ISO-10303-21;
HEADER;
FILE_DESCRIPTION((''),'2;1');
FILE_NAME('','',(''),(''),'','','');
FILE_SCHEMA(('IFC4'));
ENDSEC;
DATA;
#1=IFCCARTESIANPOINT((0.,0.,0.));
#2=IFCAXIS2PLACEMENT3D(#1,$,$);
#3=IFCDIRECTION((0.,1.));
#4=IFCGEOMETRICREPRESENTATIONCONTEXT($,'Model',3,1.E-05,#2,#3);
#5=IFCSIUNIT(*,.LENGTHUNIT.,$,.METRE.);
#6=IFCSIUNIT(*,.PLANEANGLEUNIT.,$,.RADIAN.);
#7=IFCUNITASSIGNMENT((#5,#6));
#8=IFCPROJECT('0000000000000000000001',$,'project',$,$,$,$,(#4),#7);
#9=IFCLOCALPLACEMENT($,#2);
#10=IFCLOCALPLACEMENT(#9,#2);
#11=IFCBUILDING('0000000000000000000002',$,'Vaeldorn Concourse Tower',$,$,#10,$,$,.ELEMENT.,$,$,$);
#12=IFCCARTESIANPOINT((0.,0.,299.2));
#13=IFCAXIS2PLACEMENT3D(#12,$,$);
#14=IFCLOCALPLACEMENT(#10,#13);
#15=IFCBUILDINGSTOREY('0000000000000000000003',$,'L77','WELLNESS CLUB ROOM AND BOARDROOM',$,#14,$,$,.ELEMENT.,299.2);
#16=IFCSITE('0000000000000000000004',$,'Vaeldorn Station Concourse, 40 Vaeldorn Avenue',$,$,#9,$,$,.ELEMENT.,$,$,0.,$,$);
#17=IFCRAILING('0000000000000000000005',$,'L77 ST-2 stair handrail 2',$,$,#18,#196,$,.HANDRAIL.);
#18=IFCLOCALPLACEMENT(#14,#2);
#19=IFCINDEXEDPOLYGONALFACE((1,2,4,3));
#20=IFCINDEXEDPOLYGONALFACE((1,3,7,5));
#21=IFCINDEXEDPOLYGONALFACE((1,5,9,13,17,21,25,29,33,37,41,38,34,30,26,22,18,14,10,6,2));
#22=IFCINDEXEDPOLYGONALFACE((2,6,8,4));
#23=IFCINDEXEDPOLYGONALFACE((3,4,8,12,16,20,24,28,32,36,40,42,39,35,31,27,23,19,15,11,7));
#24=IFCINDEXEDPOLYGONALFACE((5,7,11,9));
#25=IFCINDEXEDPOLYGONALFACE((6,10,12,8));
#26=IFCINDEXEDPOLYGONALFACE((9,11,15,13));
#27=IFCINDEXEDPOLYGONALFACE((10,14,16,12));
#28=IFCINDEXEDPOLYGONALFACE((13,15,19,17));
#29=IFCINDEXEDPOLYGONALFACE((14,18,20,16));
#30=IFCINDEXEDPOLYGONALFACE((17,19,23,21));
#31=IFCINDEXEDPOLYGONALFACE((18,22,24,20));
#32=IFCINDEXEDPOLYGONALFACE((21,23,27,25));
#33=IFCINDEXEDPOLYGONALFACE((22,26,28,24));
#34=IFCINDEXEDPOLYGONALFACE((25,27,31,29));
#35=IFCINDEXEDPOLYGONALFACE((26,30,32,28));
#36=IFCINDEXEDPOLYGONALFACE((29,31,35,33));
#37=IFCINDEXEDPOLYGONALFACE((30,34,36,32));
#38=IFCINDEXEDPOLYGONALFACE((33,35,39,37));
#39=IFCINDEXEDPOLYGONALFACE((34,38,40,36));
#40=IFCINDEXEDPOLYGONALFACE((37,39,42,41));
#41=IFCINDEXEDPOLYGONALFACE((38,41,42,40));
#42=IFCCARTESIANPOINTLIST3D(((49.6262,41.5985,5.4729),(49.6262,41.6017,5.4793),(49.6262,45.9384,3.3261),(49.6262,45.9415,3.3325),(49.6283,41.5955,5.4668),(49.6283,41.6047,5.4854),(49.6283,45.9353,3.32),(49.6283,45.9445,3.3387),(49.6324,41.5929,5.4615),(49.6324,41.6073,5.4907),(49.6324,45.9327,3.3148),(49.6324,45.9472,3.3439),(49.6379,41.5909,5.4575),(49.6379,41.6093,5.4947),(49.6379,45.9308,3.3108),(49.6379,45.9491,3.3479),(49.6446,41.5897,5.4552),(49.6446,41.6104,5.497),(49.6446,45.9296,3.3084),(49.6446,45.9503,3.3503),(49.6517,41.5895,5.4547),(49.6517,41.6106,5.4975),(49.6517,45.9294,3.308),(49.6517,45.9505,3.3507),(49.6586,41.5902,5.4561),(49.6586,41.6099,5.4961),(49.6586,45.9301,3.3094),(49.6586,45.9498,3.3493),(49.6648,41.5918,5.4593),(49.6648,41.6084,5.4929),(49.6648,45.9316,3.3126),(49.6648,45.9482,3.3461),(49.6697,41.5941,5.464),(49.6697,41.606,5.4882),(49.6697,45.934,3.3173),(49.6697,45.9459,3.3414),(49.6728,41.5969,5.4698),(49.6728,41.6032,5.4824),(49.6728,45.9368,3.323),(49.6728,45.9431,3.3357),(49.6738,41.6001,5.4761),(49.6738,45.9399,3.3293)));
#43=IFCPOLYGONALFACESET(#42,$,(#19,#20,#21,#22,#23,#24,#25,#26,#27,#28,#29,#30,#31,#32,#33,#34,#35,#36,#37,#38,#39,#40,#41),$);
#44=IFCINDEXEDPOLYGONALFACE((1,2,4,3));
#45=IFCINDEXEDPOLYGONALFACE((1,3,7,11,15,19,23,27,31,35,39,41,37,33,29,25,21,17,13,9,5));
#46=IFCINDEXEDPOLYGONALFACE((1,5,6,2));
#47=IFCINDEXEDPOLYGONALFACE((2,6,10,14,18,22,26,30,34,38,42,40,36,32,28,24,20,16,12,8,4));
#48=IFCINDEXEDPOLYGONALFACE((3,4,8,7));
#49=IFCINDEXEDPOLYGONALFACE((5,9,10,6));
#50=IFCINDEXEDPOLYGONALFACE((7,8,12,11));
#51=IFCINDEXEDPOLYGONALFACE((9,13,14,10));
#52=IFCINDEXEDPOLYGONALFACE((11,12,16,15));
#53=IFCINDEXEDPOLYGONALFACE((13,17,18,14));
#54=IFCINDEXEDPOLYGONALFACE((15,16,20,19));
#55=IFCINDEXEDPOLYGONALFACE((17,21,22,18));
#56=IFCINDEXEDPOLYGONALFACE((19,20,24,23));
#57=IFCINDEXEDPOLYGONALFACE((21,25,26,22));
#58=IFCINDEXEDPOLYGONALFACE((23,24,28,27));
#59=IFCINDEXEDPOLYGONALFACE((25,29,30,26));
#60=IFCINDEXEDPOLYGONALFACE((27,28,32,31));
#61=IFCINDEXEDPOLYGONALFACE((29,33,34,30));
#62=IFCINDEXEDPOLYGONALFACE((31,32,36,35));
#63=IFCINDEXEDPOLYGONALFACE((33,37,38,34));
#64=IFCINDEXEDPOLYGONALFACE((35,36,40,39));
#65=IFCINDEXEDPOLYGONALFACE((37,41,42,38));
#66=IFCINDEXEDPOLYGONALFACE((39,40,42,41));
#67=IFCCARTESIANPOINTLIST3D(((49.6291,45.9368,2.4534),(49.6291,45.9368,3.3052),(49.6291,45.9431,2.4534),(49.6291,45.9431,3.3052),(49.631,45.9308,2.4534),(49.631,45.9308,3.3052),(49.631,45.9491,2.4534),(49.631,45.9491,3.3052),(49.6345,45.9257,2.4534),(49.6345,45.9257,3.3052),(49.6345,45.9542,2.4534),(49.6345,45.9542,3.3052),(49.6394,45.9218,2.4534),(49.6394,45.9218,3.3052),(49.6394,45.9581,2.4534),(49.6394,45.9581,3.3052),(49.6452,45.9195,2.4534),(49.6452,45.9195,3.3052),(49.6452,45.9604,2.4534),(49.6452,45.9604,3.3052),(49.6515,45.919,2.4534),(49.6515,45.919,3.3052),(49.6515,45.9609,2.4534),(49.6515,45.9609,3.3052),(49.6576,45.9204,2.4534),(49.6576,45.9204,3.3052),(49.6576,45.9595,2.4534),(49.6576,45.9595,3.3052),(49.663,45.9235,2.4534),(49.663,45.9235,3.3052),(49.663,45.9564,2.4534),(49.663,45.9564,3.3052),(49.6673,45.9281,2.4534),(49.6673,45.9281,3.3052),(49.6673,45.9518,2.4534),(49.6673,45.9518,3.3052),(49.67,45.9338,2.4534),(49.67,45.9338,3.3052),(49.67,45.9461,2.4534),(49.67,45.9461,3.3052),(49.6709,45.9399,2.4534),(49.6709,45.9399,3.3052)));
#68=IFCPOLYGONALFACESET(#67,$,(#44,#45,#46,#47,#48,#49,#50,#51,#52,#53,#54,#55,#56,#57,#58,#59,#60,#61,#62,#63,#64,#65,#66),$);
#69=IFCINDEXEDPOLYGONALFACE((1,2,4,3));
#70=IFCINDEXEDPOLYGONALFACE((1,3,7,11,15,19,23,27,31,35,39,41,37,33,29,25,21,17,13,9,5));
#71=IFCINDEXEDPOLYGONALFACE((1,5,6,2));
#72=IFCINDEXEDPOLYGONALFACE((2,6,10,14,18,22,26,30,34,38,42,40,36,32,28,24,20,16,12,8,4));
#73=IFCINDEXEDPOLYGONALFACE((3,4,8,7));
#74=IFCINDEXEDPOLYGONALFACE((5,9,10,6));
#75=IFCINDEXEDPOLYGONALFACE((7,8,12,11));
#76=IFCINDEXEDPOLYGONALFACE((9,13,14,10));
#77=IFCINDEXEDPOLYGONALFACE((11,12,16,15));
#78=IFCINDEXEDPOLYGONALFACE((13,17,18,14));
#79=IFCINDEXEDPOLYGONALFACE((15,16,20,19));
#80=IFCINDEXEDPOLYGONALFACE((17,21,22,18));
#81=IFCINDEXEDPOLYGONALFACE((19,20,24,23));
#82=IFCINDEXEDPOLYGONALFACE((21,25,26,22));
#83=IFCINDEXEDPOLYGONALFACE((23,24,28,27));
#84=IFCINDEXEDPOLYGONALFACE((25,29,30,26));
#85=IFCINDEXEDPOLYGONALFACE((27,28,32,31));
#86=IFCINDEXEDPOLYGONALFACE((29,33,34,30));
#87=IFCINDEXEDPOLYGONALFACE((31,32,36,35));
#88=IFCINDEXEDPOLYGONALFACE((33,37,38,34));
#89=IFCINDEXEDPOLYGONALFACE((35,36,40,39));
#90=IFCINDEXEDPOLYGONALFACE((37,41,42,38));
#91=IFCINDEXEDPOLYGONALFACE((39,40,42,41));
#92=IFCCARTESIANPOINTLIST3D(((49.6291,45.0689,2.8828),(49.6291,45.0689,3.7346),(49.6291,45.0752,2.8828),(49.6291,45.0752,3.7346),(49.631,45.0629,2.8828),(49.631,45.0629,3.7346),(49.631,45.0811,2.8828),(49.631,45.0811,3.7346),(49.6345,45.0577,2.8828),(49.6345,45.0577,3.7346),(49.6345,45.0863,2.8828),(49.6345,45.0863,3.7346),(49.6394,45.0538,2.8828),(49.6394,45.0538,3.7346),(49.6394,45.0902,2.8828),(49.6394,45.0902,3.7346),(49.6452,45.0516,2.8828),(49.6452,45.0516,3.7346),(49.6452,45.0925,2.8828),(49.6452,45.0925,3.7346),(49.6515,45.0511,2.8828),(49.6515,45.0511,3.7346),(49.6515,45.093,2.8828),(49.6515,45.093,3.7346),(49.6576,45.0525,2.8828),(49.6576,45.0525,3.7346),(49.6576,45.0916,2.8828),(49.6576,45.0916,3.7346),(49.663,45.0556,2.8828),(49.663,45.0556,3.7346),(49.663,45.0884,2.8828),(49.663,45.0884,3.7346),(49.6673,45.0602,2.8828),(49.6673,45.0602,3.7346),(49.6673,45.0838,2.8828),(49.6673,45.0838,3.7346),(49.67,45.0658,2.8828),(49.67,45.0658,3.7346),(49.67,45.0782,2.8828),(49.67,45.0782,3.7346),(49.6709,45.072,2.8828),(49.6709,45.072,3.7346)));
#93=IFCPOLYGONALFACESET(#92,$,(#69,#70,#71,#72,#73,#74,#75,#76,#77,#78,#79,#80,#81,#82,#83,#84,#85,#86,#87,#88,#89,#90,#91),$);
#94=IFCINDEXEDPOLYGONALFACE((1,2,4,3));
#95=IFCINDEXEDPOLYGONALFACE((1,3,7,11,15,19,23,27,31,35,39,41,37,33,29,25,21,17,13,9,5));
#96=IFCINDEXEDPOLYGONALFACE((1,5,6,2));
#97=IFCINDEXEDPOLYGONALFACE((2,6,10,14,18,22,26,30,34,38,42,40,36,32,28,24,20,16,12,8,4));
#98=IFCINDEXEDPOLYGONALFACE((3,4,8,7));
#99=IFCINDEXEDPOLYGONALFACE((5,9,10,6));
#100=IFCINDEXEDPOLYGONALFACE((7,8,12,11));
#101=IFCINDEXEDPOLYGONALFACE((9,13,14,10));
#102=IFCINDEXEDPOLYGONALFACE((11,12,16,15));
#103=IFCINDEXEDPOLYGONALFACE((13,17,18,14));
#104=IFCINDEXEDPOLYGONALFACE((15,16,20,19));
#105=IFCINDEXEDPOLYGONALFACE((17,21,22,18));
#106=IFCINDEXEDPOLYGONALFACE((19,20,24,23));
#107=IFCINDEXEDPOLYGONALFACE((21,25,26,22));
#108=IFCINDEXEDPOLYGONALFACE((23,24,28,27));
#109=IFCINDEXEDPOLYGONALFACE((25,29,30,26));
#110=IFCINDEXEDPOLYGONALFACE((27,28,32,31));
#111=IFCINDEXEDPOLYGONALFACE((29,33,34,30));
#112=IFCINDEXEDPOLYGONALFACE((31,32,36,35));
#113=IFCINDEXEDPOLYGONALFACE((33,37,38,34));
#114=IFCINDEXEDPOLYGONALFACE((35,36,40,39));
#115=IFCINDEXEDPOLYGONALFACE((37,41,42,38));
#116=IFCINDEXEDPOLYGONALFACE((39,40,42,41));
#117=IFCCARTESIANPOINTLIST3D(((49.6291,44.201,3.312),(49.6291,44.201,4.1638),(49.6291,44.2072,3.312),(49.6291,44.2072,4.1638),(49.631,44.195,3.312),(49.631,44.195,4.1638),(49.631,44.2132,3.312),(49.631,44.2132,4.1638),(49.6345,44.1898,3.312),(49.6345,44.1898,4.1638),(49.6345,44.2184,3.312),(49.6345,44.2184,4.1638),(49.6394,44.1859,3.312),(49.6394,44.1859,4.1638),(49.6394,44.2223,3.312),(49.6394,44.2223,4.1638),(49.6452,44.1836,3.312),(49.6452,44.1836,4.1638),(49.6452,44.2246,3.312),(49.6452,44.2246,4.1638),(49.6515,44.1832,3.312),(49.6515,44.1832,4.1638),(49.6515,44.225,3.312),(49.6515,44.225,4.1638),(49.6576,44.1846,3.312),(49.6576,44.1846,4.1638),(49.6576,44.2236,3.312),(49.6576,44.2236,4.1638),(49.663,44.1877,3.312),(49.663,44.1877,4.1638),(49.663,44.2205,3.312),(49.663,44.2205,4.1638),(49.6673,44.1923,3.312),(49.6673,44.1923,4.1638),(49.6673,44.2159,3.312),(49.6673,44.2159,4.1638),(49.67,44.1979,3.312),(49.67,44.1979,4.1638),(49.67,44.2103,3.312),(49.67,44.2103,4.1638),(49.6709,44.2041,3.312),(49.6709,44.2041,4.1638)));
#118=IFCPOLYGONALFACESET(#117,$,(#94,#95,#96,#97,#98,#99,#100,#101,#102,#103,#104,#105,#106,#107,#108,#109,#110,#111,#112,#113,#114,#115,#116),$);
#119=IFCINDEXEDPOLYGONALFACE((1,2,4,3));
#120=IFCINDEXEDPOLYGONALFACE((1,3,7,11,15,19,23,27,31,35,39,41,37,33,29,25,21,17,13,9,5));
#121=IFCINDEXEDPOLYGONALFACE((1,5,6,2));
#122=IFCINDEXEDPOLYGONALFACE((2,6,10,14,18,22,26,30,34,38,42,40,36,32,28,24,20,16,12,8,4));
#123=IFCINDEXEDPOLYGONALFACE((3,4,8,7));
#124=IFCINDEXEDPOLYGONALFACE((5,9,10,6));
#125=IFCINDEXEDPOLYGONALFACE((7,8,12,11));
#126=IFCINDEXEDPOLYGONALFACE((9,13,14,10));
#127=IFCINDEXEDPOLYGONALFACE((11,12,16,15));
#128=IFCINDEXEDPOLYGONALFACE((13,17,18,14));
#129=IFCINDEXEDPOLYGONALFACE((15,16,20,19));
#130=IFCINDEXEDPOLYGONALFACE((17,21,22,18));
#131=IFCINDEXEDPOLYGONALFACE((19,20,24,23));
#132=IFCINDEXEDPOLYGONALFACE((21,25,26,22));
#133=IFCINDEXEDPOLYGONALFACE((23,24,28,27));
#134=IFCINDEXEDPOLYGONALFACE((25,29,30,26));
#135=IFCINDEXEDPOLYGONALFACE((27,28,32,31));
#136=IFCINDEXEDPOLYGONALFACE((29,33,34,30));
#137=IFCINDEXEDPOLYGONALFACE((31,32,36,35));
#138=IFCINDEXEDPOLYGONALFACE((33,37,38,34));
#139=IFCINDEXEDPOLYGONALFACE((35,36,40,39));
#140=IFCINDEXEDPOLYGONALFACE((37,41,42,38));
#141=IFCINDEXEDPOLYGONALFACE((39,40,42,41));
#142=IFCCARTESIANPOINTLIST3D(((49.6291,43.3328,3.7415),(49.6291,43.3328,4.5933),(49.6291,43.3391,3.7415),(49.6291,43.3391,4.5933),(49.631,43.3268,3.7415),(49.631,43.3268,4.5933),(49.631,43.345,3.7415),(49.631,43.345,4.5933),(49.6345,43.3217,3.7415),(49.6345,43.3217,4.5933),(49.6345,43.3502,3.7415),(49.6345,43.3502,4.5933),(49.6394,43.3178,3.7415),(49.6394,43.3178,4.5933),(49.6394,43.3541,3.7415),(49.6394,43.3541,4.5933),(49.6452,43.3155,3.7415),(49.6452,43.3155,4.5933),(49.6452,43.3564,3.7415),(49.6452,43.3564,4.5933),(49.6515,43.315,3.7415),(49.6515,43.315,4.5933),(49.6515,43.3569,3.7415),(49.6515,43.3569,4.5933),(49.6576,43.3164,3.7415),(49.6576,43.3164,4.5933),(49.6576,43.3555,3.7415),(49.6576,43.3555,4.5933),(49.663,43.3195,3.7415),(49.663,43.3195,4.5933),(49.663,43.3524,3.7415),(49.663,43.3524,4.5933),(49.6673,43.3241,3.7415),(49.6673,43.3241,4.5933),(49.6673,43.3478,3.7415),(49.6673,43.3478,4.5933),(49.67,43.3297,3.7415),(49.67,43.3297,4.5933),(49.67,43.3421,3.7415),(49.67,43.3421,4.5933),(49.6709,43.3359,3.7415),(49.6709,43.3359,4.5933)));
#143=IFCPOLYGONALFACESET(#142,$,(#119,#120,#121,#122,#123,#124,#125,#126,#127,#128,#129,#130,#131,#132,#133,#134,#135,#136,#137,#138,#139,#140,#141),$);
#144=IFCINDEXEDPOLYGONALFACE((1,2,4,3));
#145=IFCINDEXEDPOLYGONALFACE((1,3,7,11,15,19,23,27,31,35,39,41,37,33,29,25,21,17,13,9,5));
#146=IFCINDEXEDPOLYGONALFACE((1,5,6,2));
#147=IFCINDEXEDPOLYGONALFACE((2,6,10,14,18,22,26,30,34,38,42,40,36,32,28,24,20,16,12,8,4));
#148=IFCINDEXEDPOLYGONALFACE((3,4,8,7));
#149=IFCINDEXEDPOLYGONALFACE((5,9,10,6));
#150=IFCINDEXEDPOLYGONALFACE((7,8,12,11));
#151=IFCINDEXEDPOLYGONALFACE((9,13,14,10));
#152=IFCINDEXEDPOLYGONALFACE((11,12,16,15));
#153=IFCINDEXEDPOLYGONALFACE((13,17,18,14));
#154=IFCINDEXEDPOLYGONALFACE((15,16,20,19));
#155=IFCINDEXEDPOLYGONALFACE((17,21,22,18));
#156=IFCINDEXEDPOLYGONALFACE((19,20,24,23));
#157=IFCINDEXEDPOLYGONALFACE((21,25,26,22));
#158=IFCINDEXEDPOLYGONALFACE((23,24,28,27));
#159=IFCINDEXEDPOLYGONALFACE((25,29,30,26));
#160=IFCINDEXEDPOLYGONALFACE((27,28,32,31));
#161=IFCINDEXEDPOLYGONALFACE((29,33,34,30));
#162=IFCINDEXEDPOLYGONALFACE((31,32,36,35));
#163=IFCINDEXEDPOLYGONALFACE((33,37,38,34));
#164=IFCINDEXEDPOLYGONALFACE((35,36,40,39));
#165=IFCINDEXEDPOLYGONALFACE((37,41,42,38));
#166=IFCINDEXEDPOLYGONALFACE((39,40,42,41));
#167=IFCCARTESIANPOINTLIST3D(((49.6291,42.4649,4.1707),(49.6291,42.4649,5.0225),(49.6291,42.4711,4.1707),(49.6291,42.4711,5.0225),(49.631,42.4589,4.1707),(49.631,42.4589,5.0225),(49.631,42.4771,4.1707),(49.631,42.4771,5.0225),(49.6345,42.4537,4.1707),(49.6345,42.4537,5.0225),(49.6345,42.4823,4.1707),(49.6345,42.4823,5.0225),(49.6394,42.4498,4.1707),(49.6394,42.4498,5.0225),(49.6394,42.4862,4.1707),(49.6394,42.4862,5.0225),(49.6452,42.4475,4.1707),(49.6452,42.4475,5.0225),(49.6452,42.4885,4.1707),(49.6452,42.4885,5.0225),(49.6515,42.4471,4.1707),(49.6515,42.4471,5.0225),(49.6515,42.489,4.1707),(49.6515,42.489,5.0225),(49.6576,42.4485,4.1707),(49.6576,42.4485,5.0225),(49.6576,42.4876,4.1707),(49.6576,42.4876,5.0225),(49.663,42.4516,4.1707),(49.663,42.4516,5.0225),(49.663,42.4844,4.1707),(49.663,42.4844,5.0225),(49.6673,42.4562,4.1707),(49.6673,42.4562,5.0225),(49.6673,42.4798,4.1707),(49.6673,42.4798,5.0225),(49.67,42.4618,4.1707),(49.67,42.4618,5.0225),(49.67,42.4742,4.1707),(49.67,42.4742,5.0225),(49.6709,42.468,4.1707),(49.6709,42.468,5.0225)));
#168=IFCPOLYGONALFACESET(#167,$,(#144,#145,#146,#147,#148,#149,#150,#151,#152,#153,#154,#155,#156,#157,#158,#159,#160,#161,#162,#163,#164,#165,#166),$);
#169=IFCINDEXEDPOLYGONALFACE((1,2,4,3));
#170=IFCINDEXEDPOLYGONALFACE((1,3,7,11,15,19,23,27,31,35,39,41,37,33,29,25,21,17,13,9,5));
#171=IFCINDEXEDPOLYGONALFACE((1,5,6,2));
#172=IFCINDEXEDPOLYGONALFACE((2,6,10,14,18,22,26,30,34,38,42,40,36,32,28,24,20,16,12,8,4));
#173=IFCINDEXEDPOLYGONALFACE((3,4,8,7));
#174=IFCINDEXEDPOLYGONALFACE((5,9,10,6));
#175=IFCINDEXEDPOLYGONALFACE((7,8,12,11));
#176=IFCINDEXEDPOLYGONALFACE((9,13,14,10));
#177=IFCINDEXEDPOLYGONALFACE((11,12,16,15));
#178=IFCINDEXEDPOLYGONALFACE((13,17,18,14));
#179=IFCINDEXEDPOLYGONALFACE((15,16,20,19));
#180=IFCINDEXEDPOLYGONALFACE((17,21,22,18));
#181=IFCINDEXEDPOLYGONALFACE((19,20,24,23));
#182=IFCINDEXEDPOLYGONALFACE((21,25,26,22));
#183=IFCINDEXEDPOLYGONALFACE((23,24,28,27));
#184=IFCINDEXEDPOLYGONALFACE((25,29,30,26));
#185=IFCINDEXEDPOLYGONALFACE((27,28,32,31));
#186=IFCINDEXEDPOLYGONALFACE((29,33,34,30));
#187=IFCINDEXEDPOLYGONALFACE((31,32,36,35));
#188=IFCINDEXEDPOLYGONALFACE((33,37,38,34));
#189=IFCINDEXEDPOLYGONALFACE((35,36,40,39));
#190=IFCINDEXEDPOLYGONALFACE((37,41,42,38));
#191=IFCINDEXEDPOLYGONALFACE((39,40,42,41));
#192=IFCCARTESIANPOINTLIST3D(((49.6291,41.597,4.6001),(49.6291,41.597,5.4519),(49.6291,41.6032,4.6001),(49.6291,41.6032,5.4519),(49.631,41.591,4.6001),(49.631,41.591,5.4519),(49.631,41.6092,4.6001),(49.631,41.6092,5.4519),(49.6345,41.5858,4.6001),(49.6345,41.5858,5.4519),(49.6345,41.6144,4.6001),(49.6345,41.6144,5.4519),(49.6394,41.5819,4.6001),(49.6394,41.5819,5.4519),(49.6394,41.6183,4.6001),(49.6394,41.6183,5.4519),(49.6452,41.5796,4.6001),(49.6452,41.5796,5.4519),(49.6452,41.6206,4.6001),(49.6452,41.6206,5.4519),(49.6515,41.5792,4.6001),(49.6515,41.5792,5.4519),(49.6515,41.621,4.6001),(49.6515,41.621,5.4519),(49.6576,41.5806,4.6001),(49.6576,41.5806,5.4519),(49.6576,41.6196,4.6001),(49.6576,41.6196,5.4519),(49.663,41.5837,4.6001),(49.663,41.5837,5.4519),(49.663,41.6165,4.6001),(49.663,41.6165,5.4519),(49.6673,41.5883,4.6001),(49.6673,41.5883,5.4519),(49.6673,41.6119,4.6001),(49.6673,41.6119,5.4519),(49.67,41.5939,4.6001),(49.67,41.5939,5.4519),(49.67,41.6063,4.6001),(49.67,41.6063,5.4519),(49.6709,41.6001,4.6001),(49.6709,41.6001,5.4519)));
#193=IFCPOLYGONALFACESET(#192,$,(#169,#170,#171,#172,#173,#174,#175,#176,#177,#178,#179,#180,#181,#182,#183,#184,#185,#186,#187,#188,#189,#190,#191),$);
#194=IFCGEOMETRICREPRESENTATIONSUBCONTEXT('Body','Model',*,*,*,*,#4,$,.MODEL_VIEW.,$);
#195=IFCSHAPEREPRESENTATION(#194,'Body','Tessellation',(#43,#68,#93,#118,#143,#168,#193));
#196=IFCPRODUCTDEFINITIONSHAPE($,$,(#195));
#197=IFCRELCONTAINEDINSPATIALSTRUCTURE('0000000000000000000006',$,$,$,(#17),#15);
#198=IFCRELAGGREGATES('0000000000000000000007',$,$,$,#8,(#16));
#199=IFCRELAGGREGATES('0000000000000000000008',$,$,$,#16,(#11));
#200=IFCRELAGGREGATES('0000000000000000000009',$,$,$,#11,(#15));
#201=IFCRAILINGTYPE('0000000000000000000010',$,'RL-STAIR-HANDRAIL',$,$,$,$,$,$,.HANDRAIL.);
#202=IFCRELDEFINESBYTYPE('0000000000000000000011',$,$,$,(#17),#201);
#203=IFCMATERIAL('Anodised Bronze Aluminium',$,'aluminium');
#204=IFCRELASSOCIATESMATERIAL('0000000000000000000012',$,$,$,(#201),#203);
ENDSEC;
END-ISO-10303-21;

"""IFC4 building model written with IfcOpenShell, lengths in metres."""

from ifc_helpers import new_model, si_unit, direction, frame, origin, origin_2d, place, context, subcontext, project, spatial, circle, extrude, material, type_object, element, save


model = new_model("IFC4")

# Units and contexts
model_context = context("Model", 3, precision=1e-05, world=origin(), true_north=direction((0.0, 1.0)))
body_context = subcontext(model_context, "Body", "Model", "MODEL_VIEW")
ifc_project = project(units=[si_unit("LENGTHUNIT", "METRE"), si_unit("PLANEANGLEUNIT", "RADIAN")], contexts=[model_context])

# Site, building, storey
site_placement = place(None, origin())
site = spatial("IfcSite", under=ifc_project, at=site_placement, Name="Vaeldorn Station Concourse, 40 Vaeldorn Avenue", CompositionType="ELEMENT", RefElevation=0.0)
building_placement = place(site_placement, origin())
building = spatial("IfcBuilding", under=site, at=building_placement, Name="Vaeldorn Concourse Tower", CompositionType="ELEMENT")
storey_placement = place(building_placement, frame((0.0, 0.0, 299.2)))
storey = spatial("IfcBuildingStorey", under=building, at=storey_placement, Name="L77", Description="WELLNESS CLUB ROOM AND BOARDROOM", CompositionType="ELEMENT", Elevation=299.2)

# Shared definitions
ifc_material_1 = material(Name="Anodised Bronze Aluminium", Category="aluminium")

# Railing
railing_type = type_object("IfcRailingType", Name="RL-STAIR-HANDRAIL", PredefinedType="HANDRAIL", material=ifc_material_1)
railing_placement = place(storey_placement, frame((49.6499, 45.9399, 2.4534)))
element("IfcRailing", 1, at=railing_placement, inside=storey, type_object=railing_type, Name="L77 ST-2 stair handrail 2", PredefinedType="HANDRAIL", context=body_context, shape_type="SweptSolid", body=[
    extrude(circle(Radius=0.0239, at=origin_2d()), frame((0.0, 0.0, 0.876), z_axis=(0.0, -0.896335, 0.443377), x_axis=(1.0, 0.0, 0.0)), (0.0, 0.0, 1.0), 4.8418),
    extrude(circle(Radius=0.021, at=origin_2d()), origin(), (0.0, 0.0, 1.0), 0.8518),
    extrude(circle(Radius=0.021, at=origin_2d()), frame((0.0, -0.8679, 0.4294)), (0.0, 0.0, 1.0), 0.8518),
    extrude(circle(Radius=0.021, at=origin_2d()), frame((0.0, -1.7358, 0.8586)), (0.0, 0.0, 1.0), 0.8518),
    extrude(circle(Radius=0.021, at=origin_2d()), frame((0.0, -2.604, 1.2881)), (0.0, 0.0, 1.0), 0.8518),
    extrude(circle(Radius=0.021, at=origin_2d()), frame((0.0, -3.4719, 1.7173)), (0.0, 0.0, 1.0), 0.8518),
    extrude(circle(Radius=0.021, at=origin_2d()), frame((0.0, -4.3398, 2.1467)), (0.0, 0.0, 1.0), 0.8518),
])

save(model, "model.ifc")
